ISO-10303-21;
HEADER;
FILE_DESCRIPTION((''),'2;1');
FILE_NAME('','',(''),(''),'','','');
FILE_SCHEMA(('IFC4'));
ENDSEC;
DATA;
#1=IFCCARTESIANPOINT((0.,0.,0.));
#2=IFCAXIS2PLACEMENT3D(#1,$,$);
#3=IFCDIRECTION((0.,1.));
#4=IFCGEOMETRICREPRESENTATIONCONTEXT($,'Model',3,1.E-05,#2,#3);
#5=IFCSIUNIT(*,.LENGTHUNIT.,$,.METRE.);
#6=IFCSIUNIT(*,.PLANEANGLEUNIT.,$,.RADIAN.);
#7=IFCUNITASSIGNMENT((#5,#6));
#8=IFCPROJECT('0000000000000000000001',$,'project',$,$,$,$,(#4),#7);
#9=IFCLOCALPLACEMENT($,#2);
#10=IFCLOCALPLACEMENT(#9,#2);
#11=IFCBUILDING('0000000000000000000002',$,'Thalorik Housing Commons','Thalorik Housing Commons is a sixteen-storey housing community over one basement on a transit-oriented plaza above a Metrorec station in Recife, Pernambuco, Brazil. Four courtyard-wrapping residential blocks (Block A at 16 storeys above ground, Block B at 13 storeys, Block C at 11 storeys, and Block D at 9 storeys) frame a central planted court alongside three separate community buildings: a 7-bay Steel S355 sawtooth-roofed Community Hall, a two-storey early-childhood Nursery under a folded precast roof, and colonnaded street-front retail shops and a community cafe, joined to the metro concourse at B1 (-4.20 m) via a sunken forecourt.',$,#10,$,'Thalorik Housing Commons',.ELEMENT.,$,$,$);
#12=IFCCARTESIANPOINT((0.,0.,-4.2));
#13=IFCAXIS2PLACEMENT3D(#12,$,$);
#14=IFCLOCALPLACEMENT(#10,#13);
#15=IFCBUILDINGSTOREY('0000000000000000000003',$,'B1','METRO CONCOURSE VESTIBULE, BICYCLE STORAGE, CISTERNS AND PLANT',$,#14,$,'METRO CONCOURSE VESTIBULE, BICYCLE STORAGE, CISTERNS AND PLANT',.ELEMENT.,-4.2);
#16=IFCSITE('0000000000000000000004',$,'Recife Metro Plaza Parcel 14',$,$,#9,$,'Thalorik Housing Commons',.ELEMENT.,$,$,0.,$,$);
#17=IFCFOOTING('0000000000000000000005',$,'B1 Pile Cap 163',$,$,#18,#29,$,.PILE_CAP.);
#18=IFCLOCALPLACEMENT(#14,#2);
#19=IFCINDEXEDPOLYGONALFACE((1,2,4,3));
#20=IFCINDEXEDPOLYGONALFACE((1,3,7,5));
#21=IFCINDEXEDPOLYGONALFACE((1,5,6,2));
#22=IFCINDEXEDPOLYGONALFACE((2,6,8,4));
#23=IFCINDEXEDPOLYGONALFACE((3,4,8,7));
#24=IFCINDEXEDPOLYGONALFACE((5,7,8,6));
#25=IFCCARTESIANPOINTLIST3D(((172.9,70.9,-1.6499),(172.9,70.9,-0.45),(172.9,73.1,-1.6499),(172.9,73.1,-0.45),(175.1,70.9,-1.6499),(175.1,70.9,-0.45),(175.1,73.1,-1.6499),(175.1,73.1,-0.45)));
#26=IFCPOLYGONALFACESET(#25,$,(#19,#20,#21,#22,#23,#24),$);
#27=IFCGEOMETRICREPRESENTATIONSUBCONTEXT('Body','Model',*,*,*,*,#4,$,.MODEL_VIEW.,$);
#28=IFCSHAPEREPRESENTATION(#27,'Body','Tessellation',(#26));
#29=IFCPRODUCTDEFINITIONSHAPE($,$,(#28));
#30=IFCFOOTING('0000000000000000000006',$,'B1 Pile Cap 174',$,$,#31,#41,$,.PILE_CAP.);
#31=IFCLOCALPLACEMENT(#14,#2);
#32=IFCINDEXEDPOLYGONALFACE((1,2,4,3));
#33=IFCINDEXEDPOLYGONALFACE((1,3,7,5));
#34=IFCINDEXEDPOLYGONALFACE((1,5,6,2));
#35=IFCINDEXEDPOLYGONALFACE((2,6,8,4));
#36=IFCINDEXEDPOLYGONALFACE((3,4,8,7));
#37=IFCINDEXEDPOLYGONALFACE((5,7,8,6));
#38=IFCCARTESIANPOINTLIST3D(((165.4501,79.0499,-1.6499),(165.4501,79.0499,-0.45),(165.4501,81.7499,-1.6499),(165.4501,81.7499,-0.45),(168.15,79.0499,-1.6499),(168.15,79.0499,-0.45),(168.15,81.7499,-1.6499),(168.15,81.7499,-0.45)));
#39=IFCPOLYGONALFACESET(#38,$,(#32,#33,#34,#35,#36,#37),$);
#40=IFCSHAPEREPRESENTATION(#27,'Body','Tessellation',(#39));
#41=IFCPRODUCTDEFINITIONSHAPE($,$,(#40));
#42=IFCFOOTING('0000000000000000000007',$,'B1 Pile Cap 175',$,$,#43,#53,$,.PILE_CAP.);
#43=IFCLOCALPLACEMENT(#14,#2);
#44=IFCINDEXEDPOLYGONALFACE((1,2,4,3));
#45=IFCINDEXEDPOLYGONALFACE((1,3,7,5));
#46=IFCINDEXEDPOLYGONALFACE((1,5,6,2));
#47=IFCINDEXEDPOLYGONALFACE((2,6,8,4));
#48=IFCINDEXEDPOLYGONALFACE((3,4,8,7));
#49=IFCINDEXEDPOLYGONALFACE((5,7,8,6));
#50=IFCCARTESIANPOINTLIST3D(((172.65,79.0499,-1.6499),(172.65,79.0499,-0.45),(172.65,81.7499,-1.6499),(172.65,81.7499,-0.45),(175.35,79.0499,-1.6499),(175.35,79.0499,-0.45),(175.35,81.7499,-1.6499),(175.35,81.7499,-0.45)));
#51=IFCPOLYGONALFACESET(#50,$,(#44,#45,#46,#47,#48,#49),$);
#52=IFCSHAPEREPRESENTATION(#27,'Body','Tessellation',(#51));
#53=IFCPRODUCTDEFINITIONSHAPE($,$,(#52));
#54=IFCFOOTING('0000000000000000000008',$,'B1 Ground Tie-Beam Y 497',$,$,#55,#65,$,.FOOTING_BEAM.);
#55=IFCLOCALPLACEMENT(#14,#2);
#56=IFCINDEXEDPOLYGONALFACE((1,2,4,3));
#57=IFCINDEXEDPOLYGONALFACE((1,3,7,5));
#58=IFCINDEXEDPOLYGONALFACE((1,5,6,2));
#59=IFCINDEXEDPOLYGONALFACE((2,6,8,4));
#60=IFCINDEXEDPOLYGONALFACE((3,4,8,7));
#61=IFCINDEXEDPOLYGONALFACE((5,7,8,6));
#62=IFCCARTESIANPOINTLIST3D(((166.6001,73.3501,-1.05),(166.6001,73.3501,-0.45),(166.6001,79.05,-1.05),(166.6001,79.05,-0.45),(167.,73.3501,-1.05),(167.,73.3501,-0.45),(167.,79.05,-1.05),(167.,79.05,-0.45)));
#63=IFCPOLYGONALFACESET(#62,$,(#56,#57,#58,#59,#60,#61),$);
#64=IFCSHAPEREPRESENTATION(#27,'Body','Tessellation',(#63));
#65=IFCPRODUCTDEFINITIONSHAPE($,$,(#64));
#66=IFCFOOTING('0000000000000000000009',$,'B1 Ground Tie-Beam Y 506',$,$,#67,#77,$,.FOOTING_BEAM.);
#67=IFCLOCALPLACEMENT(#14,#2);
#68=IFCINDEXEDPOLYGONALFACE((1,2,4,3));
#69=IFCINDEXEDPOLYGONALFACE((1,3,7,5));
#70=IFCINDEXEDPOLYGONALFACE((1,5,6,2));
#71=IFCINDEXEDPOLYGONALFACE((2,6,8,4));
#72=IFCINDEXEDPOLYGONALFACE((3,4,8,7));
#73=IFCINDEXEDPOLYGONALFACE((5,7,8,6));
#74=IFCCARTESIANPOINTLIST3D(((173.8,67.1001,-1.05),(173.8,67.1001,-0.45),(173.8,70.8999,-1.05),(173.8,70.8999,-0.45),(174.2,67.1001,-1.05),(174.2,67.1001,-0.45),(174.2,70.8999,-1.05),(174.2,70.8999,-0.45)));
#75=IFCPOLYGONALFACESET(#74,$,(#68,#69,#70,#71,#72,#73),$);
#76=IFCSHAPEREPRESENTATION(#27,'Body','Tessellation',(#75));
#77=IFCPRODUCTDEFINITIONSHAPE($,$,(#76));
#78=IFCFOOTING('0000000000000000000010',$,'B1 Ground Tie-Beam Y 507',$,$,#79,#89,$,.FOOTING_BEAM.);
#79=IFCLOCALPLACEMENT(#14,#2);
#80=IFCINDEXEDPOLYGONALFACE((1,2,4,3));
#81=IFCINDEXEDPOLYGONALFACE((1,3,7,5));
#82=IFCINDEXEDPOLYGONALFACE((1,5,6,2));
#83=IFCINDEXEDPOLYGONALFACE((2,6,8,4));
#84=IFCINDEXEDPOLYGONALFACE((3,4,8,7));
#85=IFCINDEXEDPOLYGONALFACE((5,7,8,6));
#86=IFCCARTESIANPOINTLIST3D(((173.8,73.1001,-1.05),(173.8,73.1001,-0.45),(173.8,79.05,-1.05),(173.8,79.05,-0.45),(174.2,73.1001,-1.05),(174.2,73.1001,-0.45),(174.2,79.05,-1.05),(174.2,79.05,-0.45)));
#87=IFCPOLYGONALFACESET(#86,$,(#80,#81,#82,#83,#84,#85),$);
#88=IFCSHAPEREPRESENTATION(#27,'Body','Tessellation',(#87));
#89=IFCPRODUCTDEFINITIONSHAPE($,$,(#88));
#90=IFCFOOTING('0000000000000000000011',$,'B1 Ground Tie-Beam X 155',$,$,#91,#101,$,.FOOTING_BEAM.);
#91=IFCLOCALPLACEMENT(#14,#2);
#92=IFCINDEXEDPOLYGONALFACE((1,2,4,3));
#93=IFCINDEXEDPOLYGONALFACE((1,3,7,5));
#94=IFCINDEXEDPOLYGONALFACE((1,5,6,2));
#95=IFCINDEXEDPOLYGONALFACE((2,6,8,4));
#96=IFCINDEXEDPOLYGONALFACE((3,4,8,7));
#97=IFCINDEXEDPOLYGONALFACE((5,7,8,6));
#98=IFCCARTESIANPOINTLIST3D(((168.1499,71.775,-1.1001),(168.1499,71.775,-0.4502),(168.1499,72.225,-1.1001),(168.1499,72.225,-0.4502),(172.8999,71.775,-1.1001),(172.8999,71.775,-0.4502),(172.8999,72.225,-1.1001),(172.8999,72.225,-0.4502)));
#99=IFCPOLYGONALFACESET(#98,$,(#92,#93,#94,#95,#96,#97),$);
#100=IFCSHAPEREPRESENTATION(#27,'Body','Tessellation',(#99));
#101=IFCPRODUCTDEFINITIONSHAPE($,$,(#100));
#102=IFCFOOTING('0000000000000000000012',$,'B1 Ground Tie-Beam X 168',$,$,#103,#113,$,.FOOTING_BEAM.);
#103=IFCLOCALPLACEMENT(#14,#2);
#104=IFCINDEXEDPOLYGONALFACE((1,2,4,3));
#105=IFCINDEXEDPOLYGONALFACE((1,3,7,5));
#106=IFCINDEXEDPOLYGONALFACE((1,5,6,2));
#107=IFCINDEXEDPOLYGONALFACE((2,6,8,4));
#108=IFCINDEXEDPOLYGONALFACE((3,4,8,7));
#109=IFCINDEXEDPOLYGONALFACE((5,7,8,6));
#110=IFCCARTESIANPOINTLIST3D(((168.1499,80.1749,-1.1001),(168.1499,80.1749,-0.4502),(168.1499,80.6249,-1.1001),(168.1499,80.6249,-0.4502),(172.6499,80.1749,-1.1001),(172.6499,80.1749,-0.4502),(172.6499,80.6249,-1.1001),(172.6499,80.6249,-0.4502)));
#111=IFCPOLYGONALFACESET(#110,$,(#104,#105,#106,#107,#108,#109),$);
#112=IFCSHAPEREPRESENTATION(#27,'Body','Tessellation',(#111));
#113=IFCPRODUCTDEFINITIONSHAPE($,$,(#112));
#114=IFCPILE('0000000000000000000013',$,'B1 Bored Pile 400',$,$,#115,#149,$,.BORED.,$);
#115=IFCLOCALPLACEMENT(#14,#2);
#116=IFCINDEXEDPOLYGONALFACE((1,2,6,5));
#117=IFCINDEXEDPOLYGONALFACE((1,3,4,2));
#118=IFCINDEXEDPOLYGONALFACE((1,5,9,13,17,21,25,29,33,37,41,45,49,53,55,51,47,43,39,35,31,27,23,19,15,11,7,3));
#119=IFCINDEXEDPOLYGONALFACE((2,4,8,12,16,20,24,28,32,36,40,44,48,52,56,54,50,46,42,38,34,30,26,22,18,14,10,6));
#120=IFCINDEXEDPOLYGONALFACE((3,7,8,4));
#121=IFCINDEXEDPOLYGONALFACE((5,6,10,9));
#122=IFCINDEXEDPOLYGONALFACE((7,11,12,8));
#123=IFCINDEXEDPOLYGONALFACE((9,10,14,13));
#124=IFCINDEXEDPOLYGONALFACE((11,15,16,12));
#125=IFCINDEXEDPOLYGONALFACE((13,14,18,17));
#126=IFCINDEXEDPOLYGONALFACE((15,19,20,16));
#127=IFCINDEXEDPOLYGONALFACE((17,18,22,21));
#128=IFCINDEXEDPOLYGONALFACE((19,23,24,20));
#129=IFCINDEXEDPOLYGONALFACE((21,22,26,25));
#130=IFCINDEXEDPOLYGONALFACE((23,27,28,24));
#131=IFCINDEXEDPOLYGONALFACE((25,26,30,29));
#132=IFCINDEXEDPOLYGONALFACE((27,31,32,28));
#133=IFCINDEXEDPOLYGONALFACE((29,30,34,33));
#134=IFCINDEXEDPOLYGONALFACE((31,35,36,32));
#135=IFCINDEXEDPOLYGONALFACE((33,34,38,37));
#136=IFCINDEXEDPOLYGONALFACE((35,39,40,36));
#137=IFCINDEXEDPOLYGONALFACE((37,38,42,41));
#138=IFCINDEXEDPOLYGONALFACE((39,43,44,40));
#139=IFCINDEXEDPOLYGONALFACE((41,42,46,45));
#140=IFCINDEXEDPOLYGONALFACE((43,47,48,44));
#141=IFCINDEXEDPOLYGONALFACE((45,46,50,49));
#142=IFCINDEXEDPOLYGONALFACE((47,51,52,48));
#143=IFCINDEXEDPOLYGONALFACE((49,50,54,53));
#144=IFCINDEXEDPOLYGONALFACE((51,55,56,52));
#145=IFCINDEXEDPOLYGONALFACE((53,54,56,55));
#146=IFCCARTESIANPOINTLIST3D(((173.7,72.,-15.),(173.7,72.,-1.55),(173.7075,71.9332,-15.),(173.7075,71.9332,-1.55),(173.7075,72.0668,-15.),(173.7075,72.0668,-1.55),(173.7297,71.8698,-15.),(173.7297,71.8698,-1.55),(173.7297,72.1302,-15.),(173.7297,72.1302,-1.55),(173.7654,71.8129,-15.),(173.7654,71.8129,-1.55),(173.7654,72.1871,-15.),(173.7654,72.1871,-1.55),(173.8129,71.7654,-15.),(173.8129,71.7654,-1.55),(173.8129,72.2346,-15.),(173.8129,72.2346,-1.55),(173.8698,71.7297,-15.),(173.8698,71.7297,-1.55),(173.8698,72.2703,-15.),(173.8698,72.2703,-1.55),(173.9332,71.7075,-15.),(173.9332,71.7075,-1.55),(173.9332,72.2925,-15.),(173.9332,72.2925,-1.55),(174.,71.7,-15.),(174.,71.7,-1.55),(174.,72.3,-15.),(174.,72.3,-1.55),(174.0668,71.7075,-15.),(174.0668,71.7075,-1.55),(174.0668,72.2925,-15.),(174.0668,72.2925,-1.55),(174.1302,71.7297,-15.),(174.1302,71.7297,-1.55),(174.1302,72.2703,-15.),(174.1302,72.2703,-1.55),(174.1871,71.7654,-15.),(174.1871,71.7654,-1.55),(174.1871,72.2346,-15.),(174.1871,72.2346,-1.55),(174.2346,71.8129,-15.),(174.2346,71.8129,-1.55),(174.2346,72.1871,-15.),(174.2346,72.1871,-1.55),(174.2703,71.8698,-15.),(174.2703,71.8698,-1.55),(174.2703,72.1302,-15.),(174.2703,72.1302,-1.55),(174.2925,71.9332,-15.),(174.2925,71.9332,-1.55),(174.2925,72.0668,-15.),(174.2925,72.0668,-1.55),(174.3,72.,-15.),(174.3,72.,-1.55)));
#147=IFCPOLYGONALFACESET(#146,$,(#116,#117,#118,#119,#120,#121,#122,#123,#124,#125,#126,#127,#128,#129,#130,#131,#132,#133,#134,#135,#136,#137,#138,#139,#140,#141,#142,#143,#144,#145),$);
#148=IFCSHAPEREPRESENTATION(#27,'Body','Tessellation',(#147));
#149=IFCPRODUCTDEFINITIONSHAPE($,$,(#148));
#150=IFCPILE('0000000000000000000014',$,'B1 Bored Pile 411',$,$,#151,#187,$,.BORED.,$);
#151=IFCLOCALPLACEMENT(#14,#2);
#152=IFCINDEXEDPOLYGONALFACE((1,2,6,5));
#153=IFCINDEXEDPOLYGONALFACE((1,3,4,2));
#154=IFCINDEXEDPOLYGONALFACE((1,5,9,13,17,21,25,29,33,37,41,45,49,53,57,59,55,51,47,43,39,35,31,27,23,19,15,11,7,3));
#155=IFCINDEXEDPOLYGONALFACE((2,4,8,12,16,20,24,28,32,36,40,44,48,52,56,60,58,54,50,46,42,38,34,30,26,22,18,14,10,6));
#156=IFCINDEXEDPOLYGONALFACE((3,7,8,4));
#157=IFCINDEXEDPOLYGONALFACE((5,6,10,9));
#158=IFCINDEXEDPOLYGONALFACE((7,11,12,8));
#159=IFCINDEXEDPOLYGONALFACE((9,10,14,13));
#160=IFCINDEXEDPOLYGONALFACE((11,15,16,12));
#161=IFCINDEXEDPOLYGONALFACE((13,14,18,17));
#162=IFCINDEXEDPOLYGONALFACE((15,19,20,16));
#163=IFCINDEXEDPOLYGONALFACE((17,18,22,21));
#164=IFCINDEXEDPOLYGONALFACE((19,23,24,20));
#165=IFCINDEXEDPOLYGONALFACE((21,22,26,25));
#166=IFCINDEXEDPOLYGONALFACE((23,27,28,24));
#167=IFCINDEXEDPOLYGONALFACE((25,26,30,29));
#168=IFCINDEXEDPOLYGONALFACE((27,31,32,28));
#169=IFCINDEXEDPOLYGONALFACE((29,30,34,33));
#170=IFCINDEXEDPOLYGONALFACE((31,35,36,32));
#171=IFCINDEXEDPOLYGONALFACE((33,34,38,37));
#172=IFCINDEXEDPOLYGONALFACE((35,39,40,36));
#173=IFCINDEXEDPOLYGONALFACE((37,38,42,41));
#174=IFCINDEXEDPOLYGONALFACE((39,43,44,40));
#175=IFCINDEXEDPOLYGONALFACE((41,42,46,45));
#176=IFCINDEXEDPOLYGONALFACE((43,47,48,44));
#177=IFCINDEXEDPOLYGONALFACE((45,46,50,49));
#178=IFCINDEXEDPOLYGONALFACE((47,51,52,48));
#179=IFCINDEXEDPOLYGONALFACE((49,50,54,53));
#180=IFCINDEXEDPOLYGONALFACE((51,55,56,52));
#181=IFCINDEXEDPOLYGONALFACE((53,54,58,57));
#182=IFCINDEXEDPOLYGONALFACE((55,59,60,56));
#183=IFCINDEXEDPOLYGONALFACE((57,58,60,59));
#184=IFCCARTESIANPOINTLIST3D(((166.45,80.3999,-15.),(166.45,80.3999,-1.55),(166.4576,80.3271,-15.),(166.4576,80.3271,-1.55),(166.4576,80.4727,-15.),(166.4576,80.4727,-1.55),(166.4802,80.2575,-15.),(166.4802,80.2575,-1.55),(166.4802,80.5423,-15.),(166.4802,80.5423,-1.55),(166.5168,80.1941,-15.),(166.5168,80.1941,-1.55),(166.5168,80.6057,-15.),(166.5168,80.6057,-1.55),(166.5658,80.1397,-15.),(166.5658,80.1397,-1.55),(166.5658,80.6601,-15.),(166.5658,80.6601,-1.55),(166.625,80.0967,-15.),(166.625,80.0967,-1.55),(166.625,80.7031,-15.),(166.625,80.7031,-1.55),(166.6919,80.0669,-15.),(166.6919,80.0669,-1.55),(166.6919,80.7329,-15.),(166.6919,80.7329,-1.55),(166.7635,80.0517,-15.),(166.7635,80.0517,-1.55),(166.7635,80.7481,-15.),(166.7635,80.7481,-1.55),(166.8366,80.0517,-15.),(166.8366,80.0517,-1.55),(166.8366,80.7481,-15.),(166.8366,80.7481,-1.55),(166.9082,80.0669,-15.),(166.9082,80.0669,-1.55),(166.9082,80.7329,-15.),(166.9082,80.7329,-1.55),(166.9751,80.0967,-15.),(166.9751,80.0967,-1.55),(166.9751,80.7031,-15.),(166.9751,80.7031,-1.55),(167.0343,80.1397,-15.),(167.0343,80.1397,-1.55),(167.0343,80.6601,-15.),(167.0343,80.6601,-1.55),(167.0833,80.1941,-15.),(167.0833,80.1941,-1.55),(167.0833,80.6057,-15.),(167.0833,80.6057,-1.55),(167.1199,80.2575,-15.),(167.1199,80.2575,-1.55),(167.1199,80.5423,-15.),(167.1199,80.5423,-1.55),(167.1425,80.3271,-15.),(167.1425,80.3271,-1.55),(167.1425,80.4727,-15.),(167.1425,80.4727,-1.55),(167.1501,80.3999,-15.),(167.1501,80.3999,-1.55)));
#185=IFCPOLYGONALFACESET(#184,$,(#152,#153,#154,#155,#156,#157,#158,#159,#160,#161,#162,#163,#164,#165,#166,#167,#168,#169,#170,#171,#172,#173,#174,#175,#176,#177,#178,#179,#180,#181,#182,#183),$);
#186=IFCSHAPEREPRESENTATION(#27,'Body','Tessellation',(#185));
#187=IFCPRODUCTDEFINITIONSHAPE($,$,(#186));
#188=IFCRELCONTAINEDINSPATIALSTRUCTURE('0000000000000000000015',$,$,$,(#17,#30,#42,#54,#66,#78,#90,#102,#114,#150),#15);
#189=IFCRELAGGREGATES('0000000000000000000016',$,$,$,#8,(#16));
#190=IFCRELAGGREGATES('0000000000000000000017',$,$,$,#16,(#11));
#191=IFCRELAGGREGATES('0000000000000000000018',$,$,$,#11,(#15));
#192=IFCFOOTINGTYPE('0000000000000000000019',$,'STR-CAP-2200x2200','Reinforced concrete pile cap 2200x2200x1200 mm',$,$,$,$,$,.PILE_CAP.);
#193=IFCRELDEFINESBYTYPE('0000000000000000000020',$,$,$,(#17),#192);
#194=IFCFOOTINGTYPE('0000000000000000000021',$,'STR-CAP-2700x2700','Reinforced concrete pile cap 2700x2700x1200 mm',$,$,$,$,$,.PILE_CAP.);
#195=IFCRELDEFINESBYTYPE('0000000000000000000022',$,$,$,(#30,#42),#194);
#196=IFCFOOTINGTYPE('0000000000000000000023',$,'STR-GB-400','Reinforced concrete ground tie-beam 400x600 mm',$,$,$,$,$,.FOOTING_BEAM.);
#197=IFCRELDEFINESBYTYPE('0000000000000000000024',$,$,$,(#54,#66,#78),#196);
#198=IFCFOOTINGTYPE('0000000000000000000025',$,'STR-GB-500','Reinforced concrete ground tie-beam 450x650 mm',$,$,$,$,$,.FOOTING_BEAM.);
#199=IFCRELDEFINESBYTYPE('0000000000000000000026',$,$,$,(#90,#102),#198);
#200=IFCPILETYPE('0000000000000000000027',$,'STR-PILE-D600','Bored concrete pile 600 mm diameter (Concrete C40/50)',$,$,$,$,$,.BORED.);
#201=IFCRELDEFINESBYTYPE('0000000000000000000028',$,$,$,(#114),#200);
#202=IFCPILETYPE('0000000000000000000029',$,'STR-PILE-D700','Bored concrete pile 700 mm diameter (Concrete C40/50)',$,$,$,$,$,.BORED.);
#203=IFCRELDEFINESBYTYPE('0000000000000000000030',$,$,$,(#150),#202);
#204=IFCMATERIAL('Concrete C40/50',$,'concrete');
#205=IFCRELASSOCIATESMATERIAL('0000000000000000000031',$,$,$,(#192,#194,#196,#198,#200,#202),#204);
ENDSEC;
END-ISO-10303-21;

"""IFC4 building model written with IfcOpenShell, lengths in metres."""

from ifc_helpers import new_model, si_unit, direction, frame, origin, origin_2d, place, context, subcontext, project, spatial, rectangle, circle, extrude, material, material_profile, profile_set, type_object, element, save


model = new_model("IFC4")

# Units and contexts
model_context = context("Model", 3, precision=1e-05, world=origin(), true_north=direction((0.0, 1.0)))
body_context = subcontext(model_context, "Body", "Model", "MODEL_VIEW")
ifc_project = project(units=[si_unit("LENGTHUNIT", "METRE"), si_unit("PLANEANGLEUNIT", "RADIAN")], contexts=[model_context])

# Site, building, storey
site_placement = place(None, origin())
site = spatial("IfcSite", under=ifc_project, at=site_placement, Name="Recife Metro Plaza Parcel 14", LongName="Thalorik Housing Commons", CompositionType="ELEMENT", RefElevation=0.0)
building_placement = place(site_placement, origin())
building = spatial("IfcBuilding", under=site, at=building_placement, Name="Thalorik Housing Commons", Description="Thalorik Housing Commons is a sixteen-storey housing community over one basement on a transit-oriented plaza above a Metrorec station in Recife, Pernambuco, Brazil. Four courtyard-wrapping residential blocks (Block A at 16 storeys above ground, Block B at 13 storeys, Block C at 11 storeys, and Block D at 9 storeys) frame a central planted court alongside three separate community buildings: a 7-bay Steel S355 sawtooth-roofed Community Hall, a two-storey early-childhood Nursery under a folded precast roof, and colonnaded street-front retail shops and a community cafe, joined to the metro concourse at B1 (-4.20 m) via a sunken forecourt.", LongName="Thalorik Housing Commons", CompositionType="ELEMENT")
storey_placement = place(building_placement, frame((0.0, 0.0, -4.2)))
storey = spatial("IfcBuildingStorey", under=building, at=storey_placement, Name="B1", Description="METRO CONCOURSE VESTIBULE, BICYCLE STORAGE, CISTERNS AND PLANT", LongName="METRO CONCOURSE VESTIBULE, BICYCLE STORAGE, CISTERNS AND PLANT", CompositionType="ELEMENT", Elevation=-4.2)

# Footings
ifc_material_1 = material(Name="Concrete C40/50", Category="concrete")
footing_type_1 = type_object("IfcFootingType", Name="STR-CAP-2200x2200", Description="Reinforced concrete pile cap 2200x2200x1200 mm", PredefinedType="PILE_CAP", material=ifc_material_1)
footing_1_placement = place(storey_placement, frame((174.0, 72.0, -1.6499), z_axis=(0.0, 0.0, 1.0), x_axis=(1.0, 0.0, 0.0)))
element("IfcFooting", 1, at=footing_1_placement, inside=storey, type_object=footing_type_1, Name="B1 Pile Cap 163", PredefinedType="PILE_CAP", context=body_context, shape_type="SweptSolid", body=[
    extrude(rectangle(XDim=2.2, YDim=2.2, at=origin_2d()), origin(), (0.0, 0.0, 1.0), 1.2),
])
footing_type_2 = type_object("IfcFootingType", Name="STR-CAP-2700x2700", Description="Reinforced concrete pile cap 2700x2700x1200 mm", PredefinedType="PILE_CAP", material=ifc_material_1)
for number, where, z_axis, x_axis, name in (
    (2, (166.8, 80.3999, -1.6499), (0.0, 0.0, 1.0), (1.0, 0.0, 0.0), "B1 Pile Cap 174"),
    (3, (174.0, 80.3999, -1.6499), (0.0, 0.0, 1.0), (1.0, 0.0, 0.0), "B1 Pile Cap 175"),
):
    element("IfcFooting", number, at=place(storey_placement, frame(where, z_axis=z_axis, x_axis=x_axis)), inside=storey, type_object=footing_type_2, Name=name, PredefinedType="PILE_CAP", context=body_context, shape_type="SweptSolid", body=[
        extrude(rectangle(XDim=2.7, YDim=2.7, at=origin_2d()), origin(), (0.0, 0.0, 1.0), 1.2),
    ])
ifc_material_profile_1 = material_profile(ifc_material_1, rectangle(XDim=0.3999, YDim=0.6001, at=origin_2d()), Name="RC 400x600", Category="concrete")
ifc_profile_set_1 = profile_set([ifc_material_profile_1], Name="Concrete C40/50")
footing_type_3 = type_object("IfcFootingType", Name="STR-GB-400", Description="Reinforced concrete ground tie-beam 400x600 mm", PredefinedType="FOOTING_BEAM", material=ifc_profile_set_1)
footing_2_placement = place(storey_placement, frame((166.8, 73.3501, -0.75), z_axis=(0.0, 1.0, 0.0), x_axis=(-1.0, 0.0, 0.0)))
element("IfcFooting", 4, at=footing_2_placement, inside=storey, type_object=footing_type_3, Name="B1 Ground Tie-Beam Y 497", PredefinedType="FOOTING_BEAM", context=body_context, shape_type="SweptSolid", body=[
    extrude(rectangle(XDim=0.3999, YDim=0.6001, at=origin_2d()), origin(), (0.0, 0.0, 1.0), 5.7),
])
footing_3_placement = place(storey_placement, frame((174.0, 67.1001, -0.75), z_axis=(0.0, 1.0, 0.0), x_axis=(-1.0, 0.0, 0.0)))
element("IfcFooting", 5, at=footing_3_placement, inside=storey, type_object=footing_type_3, Name="B1 Ground Tie-Beam Y 506", PredefinedType="FOOTING_BEAM", context=body_context, shape_type="SweptSolid", body=[
    extrude(rectangle(XDim=0.3999, YDim=0.6001, at=origin_2d()), origin(), (0.0, 0.0, 1.0), 3.7998),
])
footing_4_placement = place(storey_placement, frame((174.0, 73.1001, -0.75), z_axis=(0.0, 1.0, 0.0), x_axis=(-1.0, 0.0, 0.0)))
element("IfcFooting", 6, at=footing_4_placement, inside=storey, type_object=footing_type_3, Name="B1 Ground Tie-Beam Y 507", PredefinedType="FOOTING_BEAM", context=body_context, shape_type="SweptSolid", body=[
    extrude(rectangle(XDim=0.3999, YDim=0.6001, at=origin_2d()), origin(), (0.0, 0.0, 1.0), 5.95),
])
ifc_material_profile_2 = material_profile(ifc_material_1, rectangle(XDim=0.45, YDim=0.6499, at=origin_2d()), Name="RC 450x650", Category="concrete")
ifc_profile_set_2 = profile_set([ifc_material_profile_2], Name="Concrete C40/50")
footing_type_4 = type_object("IfcFootingType", Name="STR-GB-500", Description="Reinforced concrete ground tie-beam 450x650 mm", PredefinedType="FOOTING_BEAM", material=ifc_profile_set_2)
footing_5_placement = place(storey_placement, frame((168.1499, 72.0, -0.7751), z_axis=(1.0, 0.0, 0.0), x_axis=(0.0, 1.0, 0.0)))
element("IfcFooting", 7, at=footing_5_placement, inside=storey, type_object=footing_type_4, Name="B1 Ground Tie-Beam X 155", PredefinedType="FOOTING_BEAM", context=body_context, shape_type="SweptSolid", body=[
    extrude(rectangle(XDim=0.45, YDim=0.6499, at=origin_2d()), origin(), (0.0, 0.0, 1.0), 4.75),
])
footing_6_placement = place(storey_placement, frame((168.1499, 80.3999, -0.7751), z_axis=(1.0, 0.0, 0.0), x_axis=(0.0, 1.0, 0.0)))
element("IfcFooting", 8, at=footing_6_placement, inside=storey, type_object=footing_type_4, Name="B1 Ground Tie-Beam X 168", PredefinedType="FOOTING_BEAM", context=body_context, shape_type="SweptSolid", body=[
    extrude(rectangle(XDim=0.45, YDim=0.6499, at=origin_2d()), origin(), (0.0, 0.0, 1.0), 4.5),
])

# Piles
ifc_material_profile_3 = material_profile(ifc_material_1, circle(Radius=0.3, at=origin_2d()), Name="BORED PILE D600", Category="concrete")
ifc_profile_set_3 = profile_set([ifc_material_profile_3], Name="Concrete C40/50")
pile_type_1 = type_object("IfcPileType", Name="STR-PILE-D600", Description="Bored concrete pile 600 mm diameter (Concrete C40/50)", PredefinedType="BORED", material=ifc_profile_set_3)
pile_placement = place(storey_placement, frame((174.0, 72.0, -1.55), z_axis=(0.0, 0.0, -1.0), x_axis=(1.0, 0.0, 0.0)))
element("IfcPile", 9, at=pile_placement, inside=storey, type_object=pile_type_1, Name="B1 Bored Pile 400", PredefinedType="BORED", context=body_context, shape_type="SweptSolid", body=[
    extrude(circle(Radius=0.3, at=origin_2d()), origin(), (0.0, 0.0, 1.0), 13.45),
])
ifc_material_profile_4 = material_profile(ifc_material_1, circle(Radius=0.3501, at=origin_2d()), Name="BORED PILE D700", Category="concrete")
ifc_profile_set_4 = profile_set([ifc_material_profile_4], Name="Concrete C40/50")
pile_type_2 = type_object("IfcPileType", Name="STR-PILE-D700", Description="Bored concrete pile 700 mm diameter (Concrete C40/50)", PredefinedType="BORED", material=ifc_profile_set_4)
for number, where, z_axis, x_axis, name in (
    (10, (166.8, 80.3999, -1.55), (0.0, 0.0, -1.0), (1.0, 0.0, 0.0), "B1 Bored Pile 411"),
):
    element("IfcPile", number, at=place(storey_placement, frame(where, z_axis=z_axis, x_axis=x_axis)), inside=storey, type_object=pile_type_2, Name=name, PredefinedType="BORED", context=body_context, shape_type="SweptSolid", body=[
        extrude(circle(Radius=0.3501, at=origin_2d()), origin(), (0.0, 0.0, 1.0), 13.45),
    ])

save(model, "model.ifc")
